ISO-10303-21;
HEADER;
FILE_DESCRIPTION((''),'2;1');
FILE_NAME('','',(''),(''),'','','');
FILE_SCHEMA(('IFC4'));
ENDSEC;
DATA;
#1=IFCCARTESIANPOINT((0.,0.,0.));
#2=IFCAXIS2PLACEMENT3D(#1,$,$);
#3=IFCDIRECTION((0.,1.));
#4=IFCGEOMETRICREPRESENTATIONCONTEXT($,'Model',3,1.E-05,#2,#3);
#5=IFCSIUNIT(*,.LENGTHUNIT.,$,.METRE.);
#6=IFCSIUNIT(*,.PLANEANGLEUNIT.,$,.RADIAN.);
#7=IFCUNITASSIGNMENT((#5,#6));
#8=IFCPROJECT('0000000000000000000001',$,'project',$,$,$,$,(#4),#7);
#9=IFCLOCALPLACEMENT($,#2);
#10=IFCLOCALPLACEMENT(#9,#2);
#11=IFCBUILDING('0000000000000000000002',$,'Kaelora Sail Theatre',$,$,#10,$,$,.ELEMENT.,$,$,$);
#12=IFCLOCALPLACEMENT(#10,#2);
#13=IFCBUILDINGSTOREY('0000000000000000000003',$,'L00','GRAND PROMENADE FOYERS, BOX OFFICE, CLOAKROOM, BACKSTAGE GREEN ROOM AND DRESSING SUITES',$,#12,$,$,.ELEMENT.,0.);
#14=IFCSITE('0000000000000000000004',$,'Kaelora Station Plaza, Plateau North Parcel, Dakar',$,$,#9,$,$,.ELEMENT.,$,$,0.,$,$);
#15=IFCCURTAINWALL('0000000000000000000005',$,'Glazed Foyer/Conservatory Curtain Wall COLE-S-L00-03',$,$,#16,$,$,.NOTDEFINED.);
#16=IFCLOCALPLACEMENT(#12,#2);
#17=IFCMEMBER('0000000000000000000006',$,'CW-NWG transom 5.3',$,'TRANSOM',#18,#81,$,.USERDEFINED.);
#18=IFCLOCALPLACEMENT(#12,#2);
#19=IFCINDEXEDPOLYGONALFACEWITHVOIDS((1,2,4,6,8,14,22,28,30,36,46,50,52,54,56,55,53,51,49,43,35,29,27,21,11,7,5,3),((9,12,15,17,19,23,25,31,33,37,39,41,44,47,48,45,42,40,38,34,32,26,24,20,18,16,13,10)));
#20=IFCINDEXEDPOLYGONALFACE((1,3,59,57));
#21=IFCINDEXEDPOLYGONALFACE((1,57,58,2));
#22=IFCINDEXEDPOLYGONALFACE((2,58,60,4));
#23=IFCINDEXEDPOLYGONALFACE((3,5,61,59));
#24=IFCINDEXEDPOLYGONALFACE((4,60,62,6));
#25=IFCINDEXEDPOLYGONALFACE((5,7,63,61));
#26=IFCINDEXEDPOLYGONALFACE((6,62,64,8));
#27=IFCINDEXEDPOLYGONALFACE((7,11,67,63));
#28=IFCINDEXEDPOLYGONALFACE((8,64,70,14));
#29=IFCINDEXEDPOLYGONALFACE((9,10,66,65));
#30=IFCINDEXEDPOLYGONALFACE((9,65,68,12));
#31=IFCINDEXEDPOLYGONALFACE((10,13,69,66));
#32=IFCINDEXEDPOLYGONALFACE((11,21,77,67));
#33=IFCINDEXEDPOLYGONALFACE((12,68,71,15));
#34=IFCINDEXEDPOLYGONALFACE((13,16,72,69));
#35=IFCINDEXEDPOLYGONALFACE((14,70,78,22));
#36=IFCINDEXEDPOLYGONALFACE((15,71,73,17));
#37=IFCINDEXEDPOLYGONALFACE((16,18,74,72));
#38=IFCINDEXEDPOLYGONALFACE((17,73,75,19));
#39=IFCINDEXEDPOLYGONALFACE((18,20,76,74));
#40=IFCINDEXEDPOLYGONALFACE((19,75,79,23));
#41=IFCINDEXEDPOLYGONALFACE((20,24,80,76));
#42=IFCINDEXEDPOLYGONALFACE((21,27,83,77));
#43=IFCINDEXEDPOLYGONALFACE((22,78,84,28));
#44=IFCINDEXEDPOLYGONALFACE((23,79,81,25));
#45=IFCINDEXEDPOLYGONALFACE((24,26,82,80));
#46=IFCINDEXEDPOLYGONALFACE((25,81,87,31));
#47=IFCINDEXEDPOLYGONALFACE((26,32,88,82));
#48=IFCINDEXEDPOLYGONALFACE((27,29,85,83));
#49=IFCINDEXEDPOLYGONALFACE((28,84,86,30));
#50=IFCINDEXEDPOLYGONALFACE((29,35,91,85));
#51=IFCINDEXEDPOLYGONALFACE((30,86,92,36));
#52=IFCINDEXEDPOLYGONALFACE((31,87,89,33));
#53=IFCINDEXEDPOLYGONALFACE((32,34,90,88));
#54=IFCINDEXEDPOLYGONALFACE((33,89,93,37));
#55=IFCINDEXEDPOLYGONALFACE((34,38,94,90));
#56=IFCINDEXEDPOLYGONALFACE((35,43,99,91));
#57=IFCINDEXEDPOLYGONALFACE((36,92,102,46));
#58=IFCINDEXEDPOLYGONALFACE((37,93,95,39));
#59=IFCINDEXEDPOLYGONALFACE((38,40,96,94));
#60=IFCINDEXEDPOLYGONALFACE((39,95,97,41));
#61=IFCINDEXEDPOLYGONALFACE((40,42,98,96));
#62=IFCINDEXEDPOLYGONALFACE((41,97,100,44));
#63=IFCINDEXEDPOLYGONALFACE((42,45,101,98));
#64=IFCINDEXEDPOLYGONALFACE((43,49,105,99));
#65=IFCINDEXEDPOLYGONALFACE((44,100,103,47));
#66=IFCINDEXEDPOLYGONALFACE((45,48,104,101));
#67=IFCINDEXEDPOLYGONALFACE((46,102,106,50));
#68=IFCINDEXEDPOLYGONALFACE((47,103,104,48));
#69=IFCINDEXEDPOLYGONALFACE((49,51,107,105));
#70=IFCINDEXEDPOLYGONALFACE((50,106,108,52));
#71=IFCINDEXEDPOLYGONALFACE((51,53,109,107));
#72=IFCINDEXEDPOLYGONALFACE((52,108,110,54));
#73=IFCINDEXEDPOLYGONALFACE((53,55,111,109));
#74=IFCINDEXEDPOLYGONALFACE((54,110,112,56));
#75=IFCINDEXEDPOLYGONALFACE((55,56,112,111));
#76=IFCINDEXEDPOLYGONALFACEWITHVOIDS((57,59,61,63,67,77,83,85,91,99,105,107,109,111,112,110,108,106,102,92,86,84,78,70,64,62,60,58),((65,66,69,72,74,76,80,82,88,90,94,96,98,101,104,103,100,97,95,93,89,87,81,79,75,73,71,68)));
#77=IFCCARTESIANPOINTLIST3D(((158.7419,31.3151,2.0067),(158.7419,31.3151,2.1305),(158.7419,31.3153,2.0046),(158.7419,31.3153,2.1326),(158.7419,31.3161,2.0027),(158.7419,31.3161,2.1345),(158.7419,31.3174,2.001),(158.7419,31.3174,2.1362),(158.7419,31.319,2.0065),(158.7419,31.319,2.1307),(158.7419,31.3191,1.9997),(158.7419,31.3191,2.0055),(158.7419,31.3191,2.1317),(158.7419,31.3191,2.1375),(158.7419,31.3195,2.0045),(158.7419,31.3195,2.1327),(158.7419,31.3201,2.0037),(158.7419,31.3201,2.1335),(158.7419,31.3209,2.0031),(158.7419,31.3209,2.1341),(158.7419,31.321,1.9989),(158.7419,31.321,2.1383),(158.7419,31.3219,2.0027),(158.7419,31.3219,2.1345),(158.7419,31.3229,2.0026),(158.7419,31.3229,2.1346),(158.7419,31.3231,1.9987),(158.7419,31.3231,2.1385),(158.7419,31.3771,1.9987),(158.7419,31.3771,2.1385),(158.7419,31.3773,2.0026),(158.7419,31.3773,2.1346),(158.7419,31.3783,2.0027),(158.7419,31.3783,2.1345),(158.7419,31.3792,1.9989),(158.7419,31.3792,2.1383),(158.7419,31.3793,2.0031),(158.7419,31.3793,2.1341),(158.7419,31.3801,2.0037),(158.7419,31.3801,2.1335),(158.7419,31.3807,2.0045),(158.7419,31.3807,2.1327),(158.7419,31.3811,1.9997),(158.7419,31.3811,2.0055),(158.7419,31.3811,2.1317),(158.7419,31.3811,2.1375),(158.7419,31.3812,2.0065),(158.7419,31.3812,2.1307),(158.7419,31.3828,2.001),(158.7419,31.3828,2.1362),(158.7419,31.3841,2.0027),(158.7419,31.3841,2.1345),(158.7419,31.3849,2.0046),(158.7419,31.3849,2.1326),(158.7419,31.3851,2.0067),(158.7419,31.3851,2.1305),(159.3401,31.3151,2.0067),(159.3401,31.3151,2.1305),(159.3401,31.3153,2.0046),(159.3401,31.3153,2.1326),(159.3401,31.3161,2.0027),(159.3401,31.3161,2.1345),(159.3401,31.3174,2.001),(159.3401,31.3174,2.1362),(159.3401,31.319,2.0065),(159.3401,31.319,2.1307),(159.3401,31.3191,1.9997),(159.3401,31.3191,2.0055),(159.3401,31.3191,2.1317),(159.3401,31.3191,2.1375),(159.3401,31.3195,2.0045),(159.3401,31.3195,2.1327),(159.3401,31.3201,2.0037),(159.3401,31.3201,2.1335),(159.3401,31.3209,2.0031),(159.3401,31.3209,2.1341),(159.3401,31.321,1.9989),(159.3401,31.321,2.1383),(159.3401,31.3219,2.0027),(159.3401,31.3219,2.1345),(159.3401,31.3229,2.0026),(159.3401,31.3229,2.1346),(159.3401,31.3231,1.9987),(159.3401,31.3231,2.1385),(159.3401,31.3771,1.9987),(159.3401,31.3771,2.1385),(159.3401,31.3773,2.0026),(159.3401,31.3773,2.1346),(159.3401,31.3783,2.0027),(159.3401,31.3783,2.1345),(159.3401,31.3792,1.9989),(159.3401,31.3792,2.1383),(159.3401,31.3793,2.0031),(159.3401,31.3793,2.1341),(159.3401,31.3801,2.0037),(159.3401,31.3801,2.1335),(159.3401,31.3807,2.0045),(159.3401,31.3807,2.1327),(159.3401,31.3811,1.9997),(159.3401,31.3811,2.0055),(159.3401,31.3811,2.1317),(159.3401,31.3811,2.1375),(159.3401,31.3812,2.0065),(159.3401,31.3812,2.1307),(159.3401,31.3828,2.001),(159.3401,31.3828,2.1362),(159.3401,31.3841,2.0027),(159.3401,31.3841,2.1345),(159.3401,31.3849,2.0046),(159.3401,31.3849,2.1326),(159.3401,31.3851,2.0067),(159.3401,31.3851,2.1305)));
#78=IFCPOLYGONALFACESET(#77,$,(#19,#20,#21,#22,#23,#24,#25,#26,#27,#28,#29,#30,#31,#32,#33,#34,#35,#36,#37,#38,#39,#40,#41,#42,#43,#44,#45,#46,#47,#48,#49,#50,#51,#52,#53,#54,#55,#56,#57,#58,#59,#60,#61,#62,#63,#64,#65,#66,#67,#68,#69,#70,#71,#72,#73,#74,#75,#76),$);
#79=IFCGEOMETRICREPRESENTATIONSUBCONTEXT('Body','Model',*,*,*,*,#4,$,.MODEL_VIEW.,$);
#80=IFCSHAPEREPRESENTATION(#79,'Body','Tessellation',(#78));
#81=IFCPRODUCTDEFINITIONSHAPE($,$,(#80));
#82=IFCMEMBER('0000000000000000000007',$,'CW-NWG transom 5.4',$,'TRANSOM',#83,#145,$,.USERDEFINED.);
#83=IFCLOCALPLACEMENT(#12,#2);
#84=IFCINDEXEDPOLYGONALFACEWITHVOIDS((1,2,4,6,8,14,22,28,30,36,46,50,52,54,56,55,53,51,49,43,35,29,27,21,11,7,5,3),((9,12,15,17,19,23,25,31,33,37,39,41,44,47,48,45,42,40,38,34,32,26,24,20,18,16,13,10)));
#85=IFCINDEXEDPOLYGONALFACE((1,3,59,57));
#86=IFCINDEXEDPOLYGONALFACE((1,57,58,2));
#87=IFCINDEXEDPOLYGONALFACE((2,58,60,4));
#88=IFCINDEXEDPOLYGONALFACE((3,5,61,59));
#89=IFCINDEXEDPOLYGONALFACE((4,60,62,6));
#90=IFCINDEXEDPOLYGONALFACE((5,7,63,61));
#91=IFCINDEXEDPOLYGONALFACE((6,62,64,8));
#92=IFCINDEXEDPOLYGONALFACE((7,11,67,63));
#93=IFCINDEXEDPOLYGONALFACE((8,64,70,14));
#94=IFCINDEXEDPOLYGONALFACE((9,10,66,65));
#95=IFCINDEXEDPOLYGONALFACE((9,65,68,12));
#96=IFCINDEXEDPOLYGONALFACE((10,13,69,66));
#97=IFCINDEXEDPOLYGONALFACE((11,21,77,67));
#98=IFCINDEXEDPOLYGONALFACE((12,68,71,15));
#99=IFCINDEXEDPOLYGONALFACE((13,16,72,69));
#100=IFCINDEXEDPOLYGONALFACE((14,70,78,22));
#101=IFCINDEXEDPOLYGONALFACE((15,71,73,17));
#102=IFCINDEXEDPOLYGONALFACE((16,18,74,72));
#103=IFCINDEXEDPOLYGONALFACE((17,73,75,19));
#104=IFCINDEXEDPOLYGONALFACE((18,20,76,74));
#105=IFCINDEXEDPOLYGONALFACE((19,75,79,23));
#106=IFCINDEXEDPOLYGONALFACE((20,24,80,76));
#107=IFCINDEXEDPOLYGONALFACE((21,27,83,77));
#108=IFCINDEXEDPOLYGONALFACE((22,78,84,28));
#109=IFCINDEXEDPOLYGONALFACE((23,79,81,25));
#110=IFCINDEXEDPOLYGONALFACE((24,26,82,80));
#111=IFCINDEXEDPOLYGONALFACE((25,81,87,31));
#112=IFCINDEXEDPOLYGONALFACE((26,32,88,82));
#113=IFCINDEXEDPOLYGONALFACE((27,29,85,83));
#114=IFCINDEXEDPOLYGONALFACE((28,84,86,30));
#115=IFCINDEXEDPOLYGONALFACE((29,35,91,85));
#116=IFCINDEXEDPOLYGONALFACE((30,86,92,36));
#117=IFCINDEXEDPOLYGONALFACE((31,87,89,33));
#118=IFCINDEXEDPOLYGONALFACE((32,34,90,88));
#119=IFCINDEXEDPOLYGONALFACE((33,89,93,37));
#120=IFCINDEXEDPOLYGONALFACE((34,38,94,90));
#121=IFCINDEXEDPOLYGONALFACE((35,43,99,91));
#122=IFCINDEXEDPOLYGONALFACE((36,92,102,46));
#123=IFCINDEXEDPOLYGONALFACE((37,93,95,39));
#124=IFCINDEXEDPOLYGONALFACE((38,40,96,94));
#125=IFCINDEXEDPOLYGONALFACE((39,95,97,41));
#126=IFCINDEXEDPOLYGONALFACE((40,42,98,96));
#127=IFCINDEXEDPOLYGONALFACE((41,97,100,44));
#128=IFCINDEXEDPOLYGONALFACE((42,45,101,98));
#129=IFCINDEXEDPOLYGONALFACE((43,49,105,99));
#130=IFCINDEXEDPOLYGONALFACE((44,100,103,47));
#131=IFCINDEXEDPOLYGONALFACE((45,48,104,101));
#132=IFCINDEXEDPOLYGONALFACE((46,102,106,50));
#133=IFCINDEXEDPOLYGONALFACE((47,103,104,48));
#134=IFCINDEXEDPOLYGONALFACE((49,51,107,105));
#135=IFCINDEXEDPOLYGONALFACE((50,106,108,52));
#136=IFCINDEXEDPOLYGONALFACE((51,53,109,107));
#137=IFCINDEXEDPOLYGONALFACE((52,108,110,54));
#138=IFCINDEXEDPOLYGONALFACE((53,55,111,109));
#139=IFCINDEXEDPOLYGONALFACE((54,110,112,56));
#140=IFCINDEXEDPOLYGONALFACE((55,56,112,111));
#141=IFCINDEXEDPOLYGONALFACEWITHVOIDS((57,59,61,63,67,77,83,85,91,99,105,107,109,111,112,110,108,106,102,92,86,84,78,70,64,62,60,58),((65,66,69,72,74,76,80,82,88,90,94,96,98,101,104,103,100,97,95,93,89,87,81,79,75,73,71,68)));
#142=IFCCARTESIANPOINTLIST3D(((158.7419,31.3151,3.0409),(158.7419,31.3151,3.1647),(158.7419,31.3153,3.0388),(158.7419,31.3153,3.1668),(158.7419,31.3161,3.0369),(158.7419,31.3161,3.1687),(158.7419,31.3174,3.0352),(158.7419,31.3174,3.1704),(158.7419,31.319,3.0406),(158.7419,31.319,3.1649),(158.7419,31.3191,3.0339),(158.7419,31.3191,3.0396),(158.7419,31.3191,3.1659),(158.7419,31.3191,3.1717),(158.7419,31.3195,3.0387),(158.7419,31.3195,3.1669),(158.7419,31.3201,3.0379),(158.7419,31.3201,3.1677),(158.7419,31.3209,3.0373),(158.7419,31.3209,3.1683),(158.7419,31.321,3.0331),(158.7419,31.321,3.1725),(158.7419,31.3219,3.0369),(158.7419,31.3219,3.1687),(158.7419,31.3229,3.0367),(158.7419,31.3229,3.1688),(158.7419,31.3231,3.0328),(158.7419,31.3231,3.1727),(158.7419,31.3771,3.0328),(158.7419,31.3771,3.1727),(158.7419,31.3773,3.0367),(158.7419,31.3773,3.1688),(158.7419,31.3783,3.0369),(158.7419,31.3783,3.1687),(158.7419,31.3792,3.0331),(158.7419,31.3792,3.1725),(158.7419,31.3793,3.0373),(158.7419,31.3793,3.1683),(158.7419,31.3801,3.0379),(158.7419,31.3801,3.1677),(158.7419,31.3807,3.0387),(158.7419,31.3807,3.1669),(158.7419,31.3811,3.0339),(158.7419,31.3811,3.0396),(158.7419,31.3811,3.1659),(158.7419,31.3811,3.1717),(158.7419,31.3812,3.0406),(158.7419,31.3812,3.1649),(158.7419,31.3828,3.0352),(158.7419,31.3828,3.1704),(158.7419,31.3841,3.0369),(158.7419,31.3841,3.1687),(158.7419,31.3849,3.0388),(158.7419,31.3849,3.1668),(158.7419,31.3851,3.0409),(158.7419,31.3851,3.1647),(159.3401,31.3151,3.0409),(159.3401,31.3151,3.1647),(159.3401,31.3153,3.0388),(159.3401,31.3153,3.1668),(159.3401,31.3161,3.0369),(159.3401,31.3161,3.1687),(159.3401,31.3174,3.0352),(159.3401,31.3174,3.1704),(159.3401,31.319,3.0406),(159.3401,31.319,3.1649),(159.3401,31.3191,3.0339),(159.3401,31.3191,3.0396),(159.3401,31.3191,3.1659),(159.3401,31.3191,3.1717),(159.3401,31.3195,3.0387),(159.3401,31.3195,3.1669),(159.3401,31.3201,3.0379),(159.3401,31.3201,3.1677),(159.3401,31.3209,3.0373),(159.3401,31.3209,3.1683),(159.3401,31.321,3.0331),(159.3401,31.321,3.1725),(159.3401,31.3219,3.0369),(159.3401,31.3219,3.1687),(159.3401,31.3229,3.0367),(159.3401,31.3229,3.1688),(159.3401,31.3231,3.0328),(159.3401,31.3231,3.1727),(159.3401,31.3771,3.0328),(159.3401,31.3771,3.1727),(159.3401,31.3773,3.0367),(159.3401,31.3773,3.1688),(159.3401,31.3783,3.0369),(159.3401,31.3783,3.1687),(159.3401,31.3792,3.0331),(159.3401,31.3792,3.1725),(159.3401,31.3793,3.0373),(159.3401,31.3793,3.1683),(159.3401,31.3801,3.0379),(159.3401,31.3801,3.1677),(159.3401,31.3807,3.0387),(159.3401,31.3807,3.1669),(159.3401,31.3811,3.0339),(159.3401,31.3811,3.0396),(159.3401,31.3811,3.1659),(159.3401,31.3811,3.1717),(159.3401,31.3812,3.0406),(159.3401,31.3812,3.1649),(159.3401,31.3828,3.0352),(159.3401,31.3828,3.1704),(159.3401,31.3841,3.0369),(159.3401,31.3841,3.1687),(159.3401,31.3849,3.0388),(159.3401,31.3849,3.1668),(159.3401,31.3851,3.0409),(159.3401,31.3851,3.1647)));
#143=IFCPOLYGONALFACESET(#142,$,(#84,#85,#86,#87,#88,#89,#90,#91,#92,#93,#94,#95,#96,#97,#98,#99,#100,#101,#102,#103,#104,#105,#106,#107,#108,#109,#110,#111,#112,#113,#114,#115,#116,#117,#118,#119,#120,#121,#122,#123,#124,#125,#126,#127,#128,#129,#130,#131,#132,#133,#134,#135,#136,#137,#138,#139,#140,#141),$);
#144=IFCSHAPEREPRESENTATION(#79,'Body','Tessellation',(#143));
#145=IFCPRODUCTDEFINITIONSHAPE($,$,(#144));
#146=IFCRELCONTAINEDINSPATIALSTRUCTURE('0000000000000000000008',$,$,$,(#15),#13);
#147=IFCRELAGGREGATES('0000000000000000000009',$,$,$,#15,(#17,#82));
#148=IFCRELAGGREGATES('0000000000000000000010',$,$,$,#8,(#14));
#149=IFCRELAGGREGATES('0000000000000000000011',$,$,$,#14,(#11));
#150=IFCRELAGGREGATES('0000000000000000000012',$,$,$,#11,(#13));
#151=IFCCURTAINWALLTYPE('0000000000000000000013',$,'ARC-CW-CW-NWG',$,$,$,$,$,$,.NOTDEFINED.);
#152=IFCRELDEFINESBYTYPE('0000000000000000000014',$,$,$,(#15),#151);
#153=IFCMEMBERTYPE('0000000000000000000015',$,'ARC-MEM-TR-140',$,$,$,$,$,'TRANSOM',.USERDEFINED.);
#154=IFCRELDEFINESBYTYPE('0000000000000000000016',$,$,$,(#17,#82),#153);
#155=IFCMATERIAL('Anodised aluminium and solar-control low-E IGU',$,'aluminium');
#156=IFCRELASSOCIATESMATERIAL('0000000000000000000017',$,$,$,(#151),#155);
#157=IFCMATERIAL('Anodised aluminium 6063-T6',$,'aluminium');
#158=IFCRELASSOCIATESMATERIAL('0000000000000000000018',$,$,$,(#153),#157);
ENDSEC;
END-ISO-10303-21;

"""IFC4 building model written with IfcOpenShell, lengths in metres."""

from ifc_helpers import new_model, si_unit, direction, frame, origin, origin_2d, place, context, subcontext, project, spatial, hollow_rectangle, extrude, material, material_profile, profile_set, type_object, element, aggregate, save


model = new_model("IFC4")

# Units and contexts
model_context = context("Model", 3, precision=1e-05, world=origin(), true_north=direction((0.0, 1.0)))
body_context = subcontext(model_context, "Body", "Model", "MODEL_VIEW")
ifc_project = project(units=[si_unit("LENGTHUNIT", "METRE"), si_unit("PLANEANGLEUNIT", "RADIAN")], contexts=[model_context])

# Site, building, storey
site_placement = place(None, origin())
site = spatial("IfcSite", under=ifc_project, at=site_placement, Name="Kaelora Station Plaza, Plateau North Parcel, Dakar", CompositionType="ELEMENT", RefElevation=0.0)
building_placement = place(site_placement, origin())
building = spatial("IfcBuilding", under=site, at=building_placement, Name="Kaelora Sail Theatre", CompositionType="ELEMENT")
storey_placement = place(building_placement, origin())
storey = spatial("IfcBuildingStorey", under=building, at=storey_placement, Name="L00", Description="GRAND PROMENADE FOYERS, BOX OFFICE, CLOAKROOM, BACKSTAGE GREEN ROOM AND DRESSING SUITES", CompositionType="ELEMENT", Elevation=0.0)

# Curtain wall, members
ifc_material_1 = material(Name="Anodised aluminium and solar-control low-E IGU", Category="aluminium")
curtain_wall_type = type_object("IfcCurtainWallType", Name="ARC-CW-CW-NWG", PredefinedType="NOTDEFINED", material=ifc_material_1)
curtain_wall_1_placement = place(storey_placement, origin())
curtain_wall_1 = element("IfcCurtainWall", 1, at=curtain_wall_1_placement, inside=storey, type_object=curtain_wall_type, Name="Glazed Foyer/Conservatory Curtain Wall COLE-S-L00-03", PredefinedType="NOTDEFINED")
ifc_material_2 = material(Name="Anodised aluminium 6063-T6", Category="aluminium")
ifc_material_profile = material_profile(ifc_material_2, hollow_rectangle(XDim=0.0701, YDim=0.1399, WallThickness=0.0039, InnerFilletRadius=0.0039, OuterFilletRadius=0.0081, at=origin_2d()), Name="ALU-TRAN 70x140x4")
ifc_profile_set = profile_set([ifc_material_profile], Name="Anodised aluminium 6063-T6")
member_type = type_object("IfcMemberType", Name="ARC-MEM-TR-140", ElementType="TRANSOM", PredefinedType="USERDEFINED", material=ifc_profile_set)
member_1_placement = place(storey_placement, frame((158.7419, 31.3501, 2.0686), z_axis=(1.0, 0.0, 0.0), x_axis=(0.0, 1.0, 0.0)))
member_1 = element("IfcMember", 2, at=member_1_placement, type_object=member_type, Name="CW-NWG transom 5.3", ObjectType="TRANSOM", PredefinedType="USERDEFINED", context=body_context, shape_type="SweptSolid", body=[
    extrude(hollow_rectangle(XDim=0.0701, YDim=0.1399, WallThickness=0.0039, InnerFilletRadius=0.0039, OuterFilletRadius=0.0081, at=origin_2d()), origin(), (0.0, 0.0, 1.0), 0.5981),
])
member_2_placement = place(storey_placement, frame((158.7419, 31.3501, 3.1028), z_axis=(1.0, 0.0, 0.0), x_axis=(0.0, 1.0, 0.0)))
member_2 = element("IfcMember", 3, at=member_2_placement, type_object=member_type, Name="CW-NWG transom 5.4", ObjectType="TRANSOM", PredefinedType="USERDEFINED", context=body_context, shape_type="SweptSolid", body=[
    extrude(hollow_rectangle(XDim=0.0701, YDim=0.1399, WallThickness=0.0039, InnerFilletRadius=0.0039, OuterFilletRadius=0.0081, at=origin_2d()), origin(), (0.0, 0.0, 1.0), 0.5981),
])

aggregate(curtain_wall_1, [member_1, member_2])

save(model, "model.ifc")
